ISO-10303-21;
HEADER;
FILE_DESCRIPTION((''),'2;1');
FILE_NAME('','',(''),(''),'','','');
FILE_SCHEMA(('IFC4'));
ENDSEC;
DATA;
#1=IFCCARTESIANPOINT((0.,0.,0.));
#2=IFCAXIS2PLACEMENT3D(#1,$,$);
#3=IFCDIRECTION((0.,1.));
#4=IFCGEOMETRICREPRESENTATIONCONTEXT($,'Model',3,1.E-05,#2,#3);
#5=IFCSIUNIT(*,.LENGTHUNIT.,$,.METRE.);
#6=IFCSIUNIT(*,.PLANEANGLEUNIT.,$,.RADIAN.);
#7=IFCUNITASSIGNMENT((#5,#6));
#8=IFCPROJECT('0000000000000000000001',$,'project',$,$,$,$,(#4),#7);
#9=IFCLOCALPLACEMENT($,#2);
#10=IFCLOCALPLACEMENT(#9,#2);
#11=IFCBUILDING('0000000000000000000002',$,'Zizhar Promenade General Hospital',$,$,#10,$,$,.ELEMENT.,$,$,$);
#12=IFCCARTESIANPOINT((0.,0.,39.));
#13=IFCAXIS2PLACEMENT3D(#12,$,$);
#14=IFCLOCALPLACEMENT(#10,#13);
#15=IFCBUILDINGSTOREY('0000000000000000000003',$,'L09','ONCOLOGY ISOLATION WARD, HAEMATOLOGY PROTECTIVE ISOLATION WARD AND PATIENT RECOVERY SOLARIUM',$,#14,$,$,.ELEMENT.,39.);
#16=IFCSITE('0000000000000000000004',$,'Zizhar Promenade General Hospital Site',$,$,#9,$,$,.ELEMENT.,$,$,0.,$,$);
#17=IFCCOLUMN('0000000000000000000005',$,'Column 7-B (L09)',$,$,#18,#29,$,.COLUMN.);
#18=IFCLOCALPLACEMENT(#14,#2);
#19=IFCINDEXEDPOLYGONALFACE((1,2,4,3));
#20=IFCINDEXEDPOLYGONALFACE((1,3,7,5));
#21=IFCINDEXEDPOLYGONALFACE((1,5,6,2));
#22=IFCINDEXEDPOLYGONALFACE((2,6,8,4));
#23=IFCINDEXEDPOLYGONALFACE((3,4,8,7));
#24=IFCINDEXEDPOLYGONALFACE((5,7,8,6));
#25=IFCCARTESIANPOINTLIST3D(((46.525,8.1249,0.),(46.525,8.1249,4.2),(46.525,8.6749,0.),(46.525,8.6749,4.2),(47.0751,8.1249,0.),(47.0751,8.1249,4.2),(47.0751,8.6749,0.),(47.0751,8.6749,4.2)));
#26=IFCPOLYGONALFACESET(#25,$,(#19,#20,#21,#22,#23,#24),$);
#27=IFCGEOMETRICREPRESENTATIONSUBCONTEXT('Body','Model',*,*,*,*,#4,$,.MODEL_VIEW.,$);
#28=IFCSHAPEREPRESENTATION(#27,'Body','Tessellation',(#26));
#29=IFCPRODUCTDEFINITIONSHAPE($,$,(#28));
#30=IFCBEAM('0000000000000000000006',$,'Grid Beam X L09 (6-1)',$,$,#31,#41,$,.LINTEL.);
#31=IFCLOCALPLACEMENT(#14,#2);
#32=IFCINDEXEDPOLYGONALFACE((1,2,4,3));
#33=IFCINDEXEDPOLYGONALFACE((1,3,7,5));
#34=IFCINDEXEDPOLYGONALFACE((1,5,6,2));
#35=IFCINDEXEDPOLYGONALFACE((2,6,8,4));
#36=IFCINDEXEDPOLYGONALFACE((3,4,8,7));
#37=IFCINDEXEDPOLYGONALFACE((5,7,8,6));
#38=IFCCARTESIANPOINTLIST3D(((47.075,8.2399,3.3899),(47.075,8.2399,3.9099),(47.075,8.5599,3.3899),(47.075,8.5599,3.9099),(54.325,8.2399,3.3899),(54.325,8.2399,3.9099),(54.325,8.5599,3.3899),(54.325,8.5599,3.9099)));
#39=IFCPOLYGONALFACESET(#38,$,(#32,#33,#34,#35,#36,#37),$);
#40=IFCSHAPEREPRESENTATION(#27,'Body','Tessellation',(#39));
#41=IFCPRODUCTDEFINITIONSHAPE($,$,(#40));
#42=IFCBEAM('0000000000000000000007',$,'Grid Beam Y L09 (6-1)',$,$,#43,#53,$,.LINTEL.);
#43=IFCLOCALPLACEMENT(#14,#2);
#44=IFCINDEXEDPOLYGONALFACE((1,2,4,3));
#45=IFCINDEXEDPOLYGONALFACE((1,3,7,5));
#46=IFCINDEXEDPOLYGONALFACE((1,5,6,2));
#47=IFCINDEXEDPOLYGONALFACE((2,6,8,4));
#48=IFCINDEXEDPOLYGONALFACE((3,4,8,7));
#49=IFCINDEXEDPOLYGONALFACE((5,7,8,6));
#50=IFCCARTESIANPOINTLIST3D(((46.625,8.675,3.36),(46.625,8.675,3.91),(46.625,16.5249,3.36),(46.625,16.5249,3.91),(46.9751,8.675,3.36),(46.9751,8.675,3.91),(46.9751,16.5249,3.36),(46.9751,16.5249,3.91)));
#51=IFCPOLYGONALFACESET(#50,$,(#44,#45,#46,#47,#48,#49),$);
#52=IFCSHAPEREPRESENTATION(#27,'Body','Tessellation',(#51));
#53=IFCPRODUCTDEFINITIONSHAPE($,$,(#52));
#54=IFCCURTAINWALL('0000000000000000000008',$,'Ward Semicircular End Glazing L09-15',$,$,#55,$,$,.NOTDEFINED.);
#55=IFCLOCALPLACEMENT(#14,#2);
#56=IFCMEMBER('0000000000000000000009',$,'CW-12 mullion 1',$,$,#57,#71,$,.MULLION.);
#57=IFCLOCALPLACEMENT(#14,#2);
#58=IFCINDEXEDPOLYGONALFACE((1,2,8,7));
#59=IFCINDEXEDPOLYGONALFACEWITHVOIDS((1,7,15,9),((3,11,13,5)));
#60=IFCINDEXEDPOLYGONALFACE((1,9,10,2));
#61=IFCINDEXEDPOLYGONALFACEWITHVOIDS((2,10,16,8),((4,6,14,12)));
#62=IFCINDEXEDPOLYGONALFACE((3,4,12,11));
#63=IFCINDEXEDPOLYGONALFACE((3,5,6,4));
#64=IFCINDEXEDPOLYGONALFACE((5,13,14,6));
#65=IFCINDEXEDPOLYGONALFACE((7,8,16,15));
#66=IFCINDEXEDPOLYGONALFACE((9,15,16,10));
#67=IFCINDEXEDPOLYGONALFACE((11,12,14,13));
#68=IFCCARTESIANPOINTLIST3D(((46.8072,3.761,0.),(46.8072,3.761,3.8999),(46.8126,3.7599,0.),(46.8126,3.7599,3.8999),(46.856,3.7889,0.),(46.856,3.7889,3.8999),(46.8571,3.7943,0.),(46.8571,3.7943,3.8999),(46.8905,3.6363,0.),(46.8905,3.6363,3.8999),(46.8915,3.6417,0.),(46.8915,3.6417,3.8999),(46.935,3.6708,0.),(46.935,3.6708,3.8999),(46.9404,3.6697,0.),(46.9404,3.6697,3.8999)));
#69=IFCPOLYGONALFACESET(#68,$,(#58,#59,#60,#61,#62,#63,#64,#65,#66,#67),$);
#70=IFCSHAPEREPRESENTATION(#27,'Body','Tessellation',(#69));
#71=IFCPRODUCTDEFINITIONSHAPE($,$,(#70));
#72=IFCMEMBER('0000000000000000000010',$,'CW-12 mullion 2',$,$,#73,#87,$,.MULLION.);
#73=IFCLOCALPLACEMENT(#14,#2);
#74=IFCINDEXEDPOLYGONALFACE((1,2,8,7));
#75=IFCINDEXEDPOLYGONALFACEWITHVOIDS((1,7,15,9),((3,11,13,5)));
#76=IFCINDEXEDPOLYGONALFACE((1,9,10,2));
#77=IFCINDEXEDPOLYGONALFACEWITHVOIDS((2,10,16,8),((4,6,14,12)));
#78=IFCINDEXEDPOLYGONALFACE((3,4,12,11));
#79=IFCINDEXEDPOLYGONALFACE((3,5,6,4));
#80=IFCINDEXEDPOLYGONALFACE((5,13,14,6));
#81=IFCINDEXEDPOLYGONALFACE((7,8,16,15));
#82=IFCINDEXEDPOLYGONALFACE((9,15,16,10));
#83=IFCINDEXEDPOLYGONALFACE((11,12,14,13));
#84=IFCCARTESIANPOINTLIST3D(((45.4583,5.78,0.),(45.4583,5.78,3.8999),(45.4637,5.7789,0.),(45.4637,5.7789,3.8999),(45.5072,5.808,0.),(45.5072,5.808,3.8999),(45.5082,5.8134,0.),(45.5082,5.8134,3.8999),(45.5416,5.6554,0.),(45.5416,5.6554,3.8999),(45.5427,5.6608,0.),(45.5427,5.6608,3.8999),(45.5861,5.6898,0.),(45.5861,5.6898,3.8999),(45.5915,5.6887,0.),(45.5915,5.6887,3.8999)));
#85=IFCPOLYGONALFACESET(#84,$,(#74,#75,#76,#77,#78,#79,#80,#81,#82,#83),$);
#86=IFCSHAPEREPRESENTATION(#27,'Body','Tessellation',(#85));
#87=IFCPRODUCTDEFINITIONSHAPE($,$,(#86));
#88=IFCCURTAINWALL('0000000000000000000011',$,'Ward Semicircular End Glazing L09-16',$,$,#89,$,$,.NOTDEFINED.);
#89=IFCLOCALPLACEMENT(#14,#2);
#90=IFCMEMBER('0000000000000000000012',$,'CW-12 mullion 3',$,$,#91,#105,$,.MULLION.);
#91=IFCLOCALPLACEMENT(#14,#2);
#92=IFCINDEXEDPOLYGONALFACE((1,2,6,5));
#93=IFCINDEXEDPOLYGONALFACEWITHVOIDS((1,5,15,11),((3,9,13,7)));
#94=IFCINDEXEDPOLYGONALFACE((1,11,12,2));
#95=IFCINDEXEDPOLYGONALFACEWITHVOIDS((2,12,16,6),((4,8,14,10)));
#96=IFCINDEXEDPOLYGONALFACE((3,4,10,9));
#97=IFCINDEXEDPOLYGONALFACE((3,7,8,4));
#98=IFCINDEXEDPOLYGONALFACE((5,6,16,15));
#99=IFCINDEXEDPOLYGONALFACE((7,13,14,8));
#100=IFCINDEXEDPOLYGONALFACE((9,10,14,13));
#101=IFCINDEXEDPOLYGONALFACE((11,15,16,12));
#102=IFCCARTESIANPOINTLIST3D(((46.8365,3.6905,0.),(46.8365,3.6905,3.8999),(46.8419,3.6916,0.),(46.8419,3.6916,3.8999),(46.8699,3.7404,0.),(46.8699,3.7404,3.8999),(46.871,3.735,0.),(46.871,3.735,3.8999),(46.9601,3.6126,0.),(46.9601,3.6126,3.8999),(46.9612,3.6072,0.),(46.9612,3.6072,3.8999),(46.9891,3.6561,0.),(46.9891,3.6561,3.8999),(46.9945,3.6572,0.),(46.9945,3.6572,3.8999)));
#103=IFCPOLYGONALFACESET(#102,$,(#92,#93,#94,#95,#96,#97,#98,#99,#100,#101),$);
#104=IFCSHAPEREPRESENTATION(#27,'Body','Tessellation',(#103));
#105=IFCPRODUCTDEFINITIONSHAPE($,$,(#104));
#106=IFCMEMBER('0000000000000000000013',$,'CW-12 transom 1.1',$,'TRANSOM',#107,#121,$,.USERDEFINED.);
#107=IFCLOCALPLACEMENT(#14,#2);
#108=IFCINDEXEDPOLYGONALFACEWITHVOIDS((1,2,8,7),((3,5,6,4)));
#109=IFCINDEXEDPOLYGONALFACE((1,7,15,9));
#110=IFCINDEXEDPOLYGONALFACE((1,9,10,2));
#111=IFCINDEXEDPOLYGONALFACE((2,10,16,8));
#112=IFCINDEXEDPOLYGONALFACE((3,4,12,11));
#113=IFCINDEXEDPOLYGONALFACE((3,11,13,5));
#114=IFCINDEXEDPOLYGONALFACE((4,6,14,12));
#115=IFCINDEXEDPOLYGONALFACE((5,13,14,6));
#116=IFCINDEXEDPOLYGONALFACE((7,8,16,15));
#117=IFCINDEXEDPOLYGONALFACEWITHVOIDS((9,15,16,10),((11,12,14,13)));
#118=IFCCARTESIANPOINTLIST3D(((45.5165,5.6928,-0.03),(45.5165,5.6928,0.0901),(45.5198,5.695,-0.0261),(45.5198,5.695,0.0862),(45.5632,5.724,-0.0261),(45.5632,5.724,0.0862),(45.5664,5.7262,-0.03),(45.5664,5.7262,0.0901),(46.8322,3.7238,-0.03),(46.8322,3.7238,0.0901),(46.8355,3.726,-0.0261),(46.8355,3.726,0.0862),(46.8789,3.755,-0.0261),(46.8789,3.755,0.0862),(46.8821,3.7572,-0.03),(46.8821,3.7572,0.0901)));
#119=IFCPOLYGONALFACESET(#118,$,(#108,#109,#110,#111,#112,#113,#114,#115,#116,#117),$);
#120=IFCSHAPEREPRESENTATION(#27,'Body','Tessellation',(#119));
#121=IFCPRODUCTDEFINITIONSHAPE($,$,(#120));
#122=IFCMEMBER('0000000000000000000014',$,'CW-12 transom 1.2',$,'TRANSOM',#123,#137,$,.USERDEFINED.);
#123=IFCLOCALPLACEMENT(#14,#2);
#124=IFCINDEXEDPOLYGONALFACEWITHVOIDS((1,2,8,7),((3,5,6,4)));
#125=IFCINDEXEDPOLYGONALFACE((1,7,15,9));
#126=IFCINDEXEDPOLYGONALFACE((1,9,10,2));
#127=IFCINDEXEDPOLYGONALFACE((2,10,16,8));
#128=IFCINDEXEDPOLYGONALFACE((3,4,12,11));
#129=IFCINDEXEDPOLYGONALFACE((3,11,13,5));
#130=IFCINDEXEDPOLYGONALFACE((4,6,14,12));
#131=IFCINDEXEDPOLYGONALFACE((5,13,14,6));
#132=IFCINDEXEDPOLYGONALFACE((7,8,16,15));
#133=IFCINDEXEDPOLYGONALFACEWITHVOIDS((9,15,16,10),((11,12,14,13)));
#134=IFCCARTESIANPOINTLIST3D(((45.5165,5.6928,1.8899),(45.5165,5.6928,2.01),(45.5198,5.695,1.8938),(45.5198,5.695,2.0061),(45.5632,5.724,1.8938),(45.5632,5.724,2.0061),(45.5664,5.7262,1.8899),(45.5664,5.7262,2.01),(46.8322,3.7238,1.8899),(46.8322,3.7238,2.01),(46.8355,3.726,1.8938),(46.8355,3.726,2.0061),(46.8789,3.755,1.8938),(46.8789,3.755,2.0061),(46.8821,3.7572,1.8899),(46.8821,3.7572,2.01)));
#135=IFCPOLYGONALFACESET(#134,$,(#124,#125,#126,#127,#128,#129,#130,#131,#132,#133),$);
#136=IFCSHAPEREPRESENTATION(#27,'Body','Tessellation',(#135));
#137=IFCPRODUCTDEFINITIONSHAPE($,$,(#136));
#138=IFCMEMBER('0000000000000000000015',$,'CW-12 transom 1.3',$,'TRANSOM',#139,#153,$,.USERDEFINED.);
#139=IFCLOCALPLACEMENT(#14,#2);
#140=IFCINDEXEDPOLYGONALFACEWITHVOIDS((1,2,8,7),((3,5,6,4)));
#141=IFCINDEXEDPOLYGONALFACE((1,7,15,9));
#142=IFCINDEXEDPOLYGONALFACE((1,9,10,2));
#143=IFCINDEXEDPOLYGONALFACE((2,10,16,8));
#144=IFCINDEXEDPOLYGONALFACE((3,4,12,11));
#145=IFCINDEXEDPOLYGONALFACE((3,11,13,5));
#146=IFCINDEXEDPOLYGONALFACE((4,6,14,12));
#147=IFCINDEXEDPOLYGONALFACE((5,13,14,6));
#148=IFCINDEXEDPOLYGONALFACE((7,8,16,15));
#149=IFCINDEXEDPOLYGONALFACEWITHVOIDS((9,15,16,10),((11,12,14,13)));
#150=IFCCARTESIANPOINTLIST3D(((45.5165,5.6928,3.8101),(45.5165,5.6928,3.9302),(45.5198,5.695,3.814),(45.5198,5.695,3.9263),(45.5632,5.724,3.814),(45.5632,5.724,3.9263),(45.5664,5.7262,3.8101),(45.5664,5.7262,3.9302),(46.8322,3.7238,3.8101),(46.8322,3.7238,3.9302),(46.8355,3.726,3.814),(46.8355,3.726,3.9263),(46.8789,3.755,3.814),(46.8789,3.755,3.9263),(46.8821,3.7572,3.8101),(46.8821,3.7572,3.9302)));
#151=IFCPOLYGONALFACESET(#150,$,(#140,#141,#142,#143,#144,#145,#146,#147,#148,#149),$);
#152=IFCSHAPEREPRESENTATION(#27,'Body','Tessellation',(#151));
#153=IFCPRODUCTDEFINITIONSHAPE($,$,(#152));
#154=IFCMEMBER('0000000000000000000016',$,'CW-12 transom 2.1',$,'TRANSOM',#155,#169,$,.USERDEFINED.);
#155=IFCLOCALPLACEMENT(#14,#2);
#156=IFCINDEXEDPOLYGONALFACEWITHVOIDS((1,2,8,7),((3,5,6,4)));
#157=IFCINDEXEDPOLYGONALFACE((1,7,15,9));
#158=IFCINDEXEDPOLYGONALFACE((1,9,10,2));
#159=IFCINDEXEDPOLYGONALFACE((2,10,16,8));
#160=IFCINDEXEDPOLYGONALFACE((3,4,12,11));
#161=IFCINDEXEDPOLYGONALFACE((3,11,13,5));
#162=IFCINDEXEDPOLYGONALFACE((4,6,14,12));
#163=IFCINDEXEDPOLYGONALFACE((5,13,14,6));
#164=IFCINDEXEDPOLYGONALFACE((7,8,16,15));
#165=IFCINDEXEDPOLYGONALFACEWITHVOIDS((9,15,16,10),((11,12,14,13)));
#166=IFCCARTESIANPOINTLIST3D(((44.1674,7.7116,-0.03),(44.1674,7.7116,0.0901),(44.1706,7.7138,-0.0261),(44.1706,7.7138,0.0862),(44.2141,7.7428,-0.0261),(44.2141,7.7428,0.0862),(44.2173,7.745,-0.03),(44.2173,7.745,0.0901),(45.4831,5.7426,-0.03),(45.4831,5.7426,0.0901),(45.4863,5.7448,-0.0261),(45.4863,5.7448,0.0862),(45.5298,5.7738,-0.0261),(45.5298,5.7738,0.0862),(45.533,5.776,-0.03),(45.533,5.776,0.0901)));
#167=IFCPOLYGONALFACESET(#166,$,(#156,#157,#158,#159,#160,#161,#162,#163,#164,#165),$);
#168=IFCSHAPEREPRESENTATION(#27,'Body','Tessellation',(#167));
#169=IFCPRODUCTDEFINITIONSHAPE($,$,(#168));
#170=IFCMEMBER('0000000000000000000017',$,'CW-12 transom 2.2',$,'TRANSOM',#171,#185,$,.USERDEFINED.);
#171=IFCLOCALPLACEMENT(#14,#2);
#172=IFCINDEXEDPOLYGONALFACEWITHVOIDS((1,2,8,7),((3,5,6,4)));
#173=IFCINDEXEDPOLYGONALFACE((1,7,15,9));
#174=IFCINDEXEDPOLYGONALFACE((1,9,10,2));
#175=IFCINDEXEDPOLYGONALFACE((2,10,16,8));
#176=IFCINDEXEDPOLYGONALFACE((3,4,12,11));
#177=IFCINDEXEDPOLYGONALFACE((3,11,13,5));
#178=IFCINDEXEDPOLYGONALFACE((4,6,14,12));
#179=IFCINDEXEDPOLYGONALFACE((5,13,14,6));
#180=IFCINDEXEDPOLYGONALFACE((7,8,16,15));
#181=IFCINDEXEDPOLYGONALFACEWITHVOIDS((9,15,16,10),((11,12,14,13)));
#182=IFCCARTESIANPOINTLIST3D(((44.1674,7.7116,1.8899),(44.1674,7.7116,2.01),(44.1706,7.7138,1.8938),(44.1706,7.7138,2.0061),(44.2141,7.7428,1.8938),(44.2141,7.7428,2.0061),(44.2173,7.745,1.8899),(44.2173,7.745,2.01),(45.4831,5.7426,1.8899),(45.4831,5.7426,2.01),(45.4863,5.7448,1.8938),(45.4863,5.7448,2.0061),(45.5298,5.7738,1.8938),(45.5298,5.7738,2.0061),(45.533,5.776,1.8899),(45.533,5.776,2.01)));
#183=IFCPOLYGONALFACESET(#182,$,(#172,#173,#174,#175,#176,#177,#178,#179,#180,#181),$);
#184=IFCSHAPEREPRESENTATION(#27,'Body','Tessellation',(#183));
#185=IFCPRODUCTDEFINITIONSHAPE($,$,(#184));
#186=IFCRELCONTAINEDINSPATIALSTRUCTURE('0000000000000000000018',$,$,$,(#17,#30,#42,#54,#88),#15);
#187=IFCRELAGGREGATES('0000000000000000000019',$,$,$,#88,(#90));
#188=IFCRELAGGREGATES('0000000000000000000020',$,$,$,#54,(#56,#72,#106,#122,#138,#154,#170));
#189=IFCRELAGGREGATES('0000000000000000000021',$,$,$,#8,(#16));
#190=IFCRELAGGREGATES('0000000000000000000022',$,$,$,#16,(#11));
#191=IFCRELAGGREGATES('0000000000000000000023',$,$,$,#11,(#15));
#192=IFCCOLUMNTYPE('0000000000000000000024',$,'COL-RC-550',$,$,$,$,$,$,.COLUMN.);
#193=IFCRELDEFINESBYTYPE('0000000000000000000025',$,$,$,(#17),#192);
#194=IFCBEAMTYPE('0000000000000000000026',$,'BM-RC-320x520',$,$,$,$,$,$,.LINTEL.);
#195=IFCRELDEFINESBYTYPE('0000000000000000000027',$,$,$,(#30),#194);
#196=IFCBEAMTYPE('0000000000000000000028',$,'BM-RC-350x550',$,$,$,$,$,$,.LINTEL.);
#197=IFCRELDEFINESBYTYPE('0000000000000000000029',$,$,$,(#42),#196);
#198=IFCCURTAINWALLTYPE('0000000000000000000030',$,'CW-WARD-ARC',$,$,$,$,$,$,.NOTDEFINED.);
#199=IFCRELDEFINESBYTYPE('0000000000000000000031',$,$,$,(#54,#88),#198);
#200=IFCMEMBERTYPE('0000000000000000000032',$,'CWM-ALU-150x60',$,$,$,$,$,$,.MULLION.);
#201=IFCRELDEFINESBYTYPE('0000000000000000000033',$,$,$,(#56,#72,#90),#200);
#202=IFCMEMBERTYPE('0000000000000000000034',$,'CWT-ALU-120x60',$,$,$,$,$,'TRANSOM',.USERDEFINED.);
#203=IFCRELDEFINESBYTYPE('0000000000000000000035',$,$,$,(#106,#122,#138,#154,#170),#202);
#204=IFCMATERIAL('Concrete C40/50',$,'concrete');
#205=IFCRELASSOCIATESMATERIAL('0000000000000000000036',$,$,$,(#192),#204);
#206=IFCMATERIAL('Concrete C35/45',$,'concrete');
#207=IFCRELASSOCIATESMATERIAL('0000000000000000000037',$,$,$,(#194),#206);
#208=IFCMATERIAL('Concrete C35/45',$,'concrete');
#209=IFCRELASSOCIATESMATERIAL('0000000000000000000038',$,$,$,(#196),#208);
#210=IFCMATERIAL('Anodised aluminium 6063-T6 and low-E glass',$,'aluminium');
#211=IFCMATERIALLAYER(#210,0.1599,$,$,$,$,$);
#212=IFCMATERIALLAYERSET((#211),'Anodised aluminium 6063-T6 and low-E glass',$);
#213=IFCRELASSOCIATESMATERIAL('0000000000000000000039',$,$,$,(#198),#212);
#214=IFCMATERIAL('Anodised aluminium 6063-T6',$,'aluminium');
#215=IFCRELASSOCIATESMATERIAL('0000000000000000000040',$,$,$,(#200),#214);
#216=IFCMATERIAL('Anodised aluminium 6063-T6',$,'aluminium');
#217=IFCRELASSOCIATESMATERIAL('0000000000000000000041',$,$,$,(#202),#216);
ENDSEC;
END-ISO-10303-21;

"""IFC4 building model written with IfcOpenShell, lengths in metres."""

from ifc_helpers import new_model, si_unit, direction, frame, origin, origin_2d, place, context, subcontext, project, spatial, rectangle, hollow_rectangle, extrude, material, layer, layer_set, material_profile, profile_set, type_object, element, aggregate, save


model = new_model("IFC4")

# Units and contexts
model_context = context("Model", 3, precision=1e-05, world=origin(), true_north=direction((0.0, 1.0)))
body_context = subcontext(model_context, "Body", "Model", "MODEL_VIEW")
ifc_project = project(units=[si_unit("LENGTHUNIT", "METRE"), si_unit("PLANEANGLEUNIT", "RADIAN")], contexts=[model_context])

# Site, building, storey
site_placement = place(None, origin())
site = spatial("IfcSite", under=ifc_project, at=site_placement, Name="Zizhar Promenade General Hospital Site", CompositionType="ELEMENT", RefElevation=0.0)
building_placement = place(site_placement, origin())
building = spatial("IfcBuilding", under=site, at=building_placement, Name="Zizhar Promenade General Hospital", CompositionType="ELEMENT")
storey_placement = place(building_placement, frame((0.0, 0.0, 39.0)))
storey = spatial("IfcBuildingStorey", under=building, at=storey_placement, Name="L09", Description="ONCOLOGY ISOLATION WARD, HAEMATOLOGY PROTECTIVE ISOLATION WARD AND PATIENT RECOVERY SOLARIUM", CompositionType="ELEMENT", Elevation=39.0)

# Column
ifc_material_1 = material(Name="Concrete C40/50", Category="concrete")
ifc_material_profile_1 = material_profile(ifc_material_1, rectangle(XDim=0.55, YDim=0.55, at=origin_2d()))
ifc_profile_set_1 = profile_set([ifc_material_profile_1], Name="Concrete C40/50")
column_type = type_object("IfcColumnType", Name="COL-RC-550", PredefinedType="COLUMN", material=ifc_profile_set_1)
column_placement = place(storey_placement, frame((46.8, 8.3999, 0.0), z_axis=(0.0, 0.0, 1.0), x_axis=(1.0, 0.0, 0.0)))
element("IfcColumn", 1, at=column_placement, inside=storey, type_object=column_type, Name="Column 7-B (L09)", PredefinedType="COLUMN", context=body_context, shape_type="SweptSolid", body=[
    extrude(rectangle(XDim=0.55, YDim=0.55, at=origin_2d()), origin(), (0.0, 0.0, 1.0), 4.2),
])

# Beams
ifc_material_2 = material(Name="Concrete C35/45", Category="concrete")
ifc_material_profile_2 = material_profile(ifc_material_2, rectangle(XDim=0.3201, YDim=0.52, at=origin_2d()))
ifc_profile_set_2 = profile_set([ifc_material_profile_2], Name="Concrete C35/45")
beam_type_1 = type_object("IfcBeamType", Name="BM-RC-320x520", PredefinedType="LINTEL", material=ifc_profile_set_2)
beam_1_placement = place(storey_placement, frame((47.075, 8.3999, 3.6499), z_axis=(1.0, 0.0, 0.0), x_axis=(0.0, 1.0, 0.0)))
element("IfcBeam", 2, at=beam_1_placement, inside=storey, type_object=beam_type_1, Name="Grid Beam X L09 (6-1)", PredefinedType="LINTEL", context=body_context, shape_type="SweptSolid", body=[
    extrude(rectangle(XDim=0.3201, YDim=0.52, at=origin_2d()), origin(), (0.0, 0.0, 1.0), 7.25),
])
ifc_material_3 = material(Name="Concrete C35/45", Category="concrete")
ifc_material_profile_3 = material_profile(ifc_material_3, rectangle(XDim=0.3501, YDim=0.55, at=origin_2d()))
ifc_profile_set_3 = profile_set([ifc_material_profile_3], Name="Concrete C35/45")
beam_type_2 = type_object("IfcBeamType", Name="BM-RC-350x550", PredefinedType="LINTEL", material=ifc_profile_set_3)
beam_2_placement = place(storey_placement, frame((46.8, 8.675, 3.635), z_axis=(0.0, 1.0, 0.0), x_axis=(-1.0, 0.0, 0.0)))
element("IfcBeam", 3, at=beam_2_placement, inside=storey, type_object=beam_type_2, Name="Grid Beam Y L09 (6-1)", PredefinedType="LINTEL", context=body_context, shape_type="SweptSolid", body=[
    extrude(rectangle(XDim=0.3501, YDim=0.55, at=origin_2d()), origin(), (0.0, 0.0, 1.0), 7.8499),
])

# Curtain wall, members
ifc_material_4 = material(Name="Anodised aluminium 6063-T6 and low-E glass", Category="aluminium")
ifc_layer_1 = layer(ifc_material_4, 0.1599)
ifc_layer_set_1 = layer_set([ifc_layer_1], Name="Anodised aluminium 6063-T6 and low-E glass")
curtain_wall_type = type_object("IfcCurtainWallType", Name="CW-WARD-ARC", PredefinedType="NOTDEFINED", material=ifc_layer_set_1)
curtain_wall_1_placement = place(storey_placement, origin())
curtain_wall_1 = element("IfcCurtainWall", 4, at=curtain_wall_1_placement, inside=storey, type_object=curtain_wall_type, Name="Ward Semicircular End Glazing L09-15", PredefinedType="NOTDEFINED")
ifc_material_5 = material(Name="Anodised aluminium 6063-T6", Category="aluminium")
ifc_material_profile_4 = material_profile(ifc_material_5, hollow_rectangle(XDim=0.0601, YDim=0.1499, WallThickness=0.0039, at=origin_2d()))
ifc_profile_set_4 = profile_set([ifc_material_profile_4], Name="Anodised aluminium 6063-T6")
member_type_1 = type_object("IfcMemberType", Name="CWM-ALU-150x60", PredefinedType="MULLION", material=ifc_profile_set_4)
member_1_placement = place(storey_placement, frame((46.8738, 3.7153, 0.0), z_axis=(0.0, 0.0, 1.0), x_axis=(-0.831462, -0.555582, 0.0)))
member_1 = element("IfcMember", 5, at=member_1_placement, type_object=member_type_1, Name="CW-12 mullion 1", PredefinedType="MULLION", context=body_context, shape_type="SweptSolid", body=[
    extrude(hollow_rectangle(XDim=0.0601, YDim=0.1499, WallThickness=0.0039, at=origin_2d()), origin(), (0.0, 0.0, 1.0), 3.8999),
])
member_2_placement = place(storey_placement, frame((45.5249, 5.7344, 0.0), z_axis=(0.0, 0.0, 1.0), x_axis=(-0.831462, -0.555582, 0.0)))
member_2 = element("IfcMember", 6, at=member_2_placement, type_object=member_type_1, Name="CW-12 mullion 2", PredefinedType="MULLION", context=body_context, shape_type="SweptSolid", body=[
    extrude(hollow_rectangle(XDim=0.0601, YDim=0.1499, WallThickness=0.0039, at=origin_2d()), origin(), (0.0, 0.0, 1.0), 3.8999),
])

# Curtain wall, member
curtain_wall_2_placement = place(storey_placement, origin())
curtain_wall_2 = element("IfcCurtainWall", 7, at=curtain_wall_2_placement, inside=storey, type_object=curtain_wall_type, Name="Ward Semicircular End Glazing L09-16", PredefinedType="NOTDEFINED")
member_3_placement = place(storey_placement, frame((46.9155, 3.6738, 0.0), z_axis=(0.0, 0.0, 1.0), x_axis=(-0.555582, -0.831462, 0.0)))
member_3 = element("IfcMember", 8, at=member_3_placement, type_object=member_type_1, Name="CW-12 mullion 3", PredefinedType="MULLION", context=body_context, shape_type="SweptSolid", body=[
    extrude(hollow_rectangle(XDim=0.0601, YDim=0.1499, WallThickness=0.0039, at=origin_2d()), origin(), (0.0, 0.0, 1.0), 3.8999),
])
aggregate(curtain_wall_2, [member_3])

# Members
ifc_material_6 = material(Name="Anodised aluminium 6063-T6", Category="aluminium")
ifc_material_profile_5 = material_profile(ifc_material_6, hollow_rectangle(XDim=0.0601, YDim=0.1201, WallThickness=0.0039, at=origin_2d()))
ifc_profile_set_5 = profile_set([ifc_material_profile_5], Name="Anodised aluminium 6063-T6")
member_type_2 = type_object("IfcMemberType", Name="CWT-ALU-120x60", ElementType="TRANSOM", PredefinedType="USERDEFINED", material=ifc_profile_set_5)
member_4_placement = place(storey_placement, frame((46.8572, 3.7405, 0.03), z_axis=(-0.55558, 0.831463, 0.0), x_axis=(-0.831463, -0.55558, 0.0)))
member_4 = element("IfcMember", 9, at=member_4_placement, type_object=member_type_2, Name="CW-12 transom 1.1", ObjectType="TRANSOM", PredefinedType="USERDEFINED", context=body_context, shape_type="SweptSolid", body=[
    extrude(hollow_rectangle(XDim=0.0601, YDim=0.1201, WallThickness=0.0039, at=origin_2d()), origin(), (0.0, 0.0, 1.0), 2.3682),
])
member_5_placement = place(storey_placement, frame((46.8572, 3.7405, 1.95), z_axis=(-0.55558, 0.831463, 0.0), x_axis=(-0.831463, -0.55558, 0.0)))
member_5 = element("IfcMember", 10, at=member_5_placement, type_object=member_type_2, Name="CW-12 transom 1.2", ObjectType="TRANSOM", PredefinedType="USERDEFINED", context=body_context, shape_type="SweptSolid", body=[
    extrude(hollow_rectangle(XDim=0.0601, YDim=0.1201, WallThickness=0.0039, at=origin_2d()), origin(), (0.0, 0.0, 1.0), 2.3682),
])
member_6_placement = place(storey_placement, frame((46.8572, 3.7405, 3.8701), z_axis=(-0.55558, 0.831463, 0.0), x_axis=(-0.831463, -0.55558, 0.0)))
member_6 = element("IfcMember", 11, at=member_6_placement, type_object=member_type_2, Name="CW-12 transom 1.3", ObjectType="TRANSOM", PredefinedType="USERDEFINED", context=body_context, shape_type="SweptSolid", body=[
    extrude(hollow_rectangle(XDim=0.0601, YDim=0.1201, WallThickness=0.0039, at=origin_2d()), origin(), (0.0, 0.0, 1.0), 2.3682),
])
member_7_placement = place(storey_placement, frame((45.5081, 5.7593, 0.03), z_axis=(-0.55558, 0.831463, 0.0), x_axis=(-0.831463, -0.55558, 0.0)))
member_7 = element("IfcMember", 12, at=member_7_placement, type_object=member_type_2, Name="CW-12 transom 2.1", ObjectType="TRANSOM", PredefinedType="USERDEFINED", context=body_context, shape_type="SweptSolid", body=[
    extrude(hollow_rectangle(XDim=0.0601, YDim=0.1201, WallThickness=0.0039, at=origin_2d()), origin(), (0.0, 0.0, 1.0), 2.3682),
])
member_8_placement = place(storey_placement, frame((45.5081, 5.7593, 1.95), z_axis=(-0.55558, 0.831463, 0.0), x_axis=(-0.831463, -0.55558, 0.0)))
member_8 = element("IfcMember", 13, at=member_8_placement, type_object=member_type_2, Name="CW-12 transom 2.2", ObjectType="TRANSOM", PredefinedType="USERDEFINED", context=body_context, shape_type="SweptSolid", body=[
    extrude(hollow_rectangle(XDim=0.0601, YDim=0.1201, WallThickness=0.0039, at=origin_2d()), origin(), (0.0, 0.0, 1.0), 2.3682),
])

aggregate(curtain_wall_1, [member_1, member_2, member_4, member_5, member_6, member_7, member_8])

save(model, "model.ifc")
